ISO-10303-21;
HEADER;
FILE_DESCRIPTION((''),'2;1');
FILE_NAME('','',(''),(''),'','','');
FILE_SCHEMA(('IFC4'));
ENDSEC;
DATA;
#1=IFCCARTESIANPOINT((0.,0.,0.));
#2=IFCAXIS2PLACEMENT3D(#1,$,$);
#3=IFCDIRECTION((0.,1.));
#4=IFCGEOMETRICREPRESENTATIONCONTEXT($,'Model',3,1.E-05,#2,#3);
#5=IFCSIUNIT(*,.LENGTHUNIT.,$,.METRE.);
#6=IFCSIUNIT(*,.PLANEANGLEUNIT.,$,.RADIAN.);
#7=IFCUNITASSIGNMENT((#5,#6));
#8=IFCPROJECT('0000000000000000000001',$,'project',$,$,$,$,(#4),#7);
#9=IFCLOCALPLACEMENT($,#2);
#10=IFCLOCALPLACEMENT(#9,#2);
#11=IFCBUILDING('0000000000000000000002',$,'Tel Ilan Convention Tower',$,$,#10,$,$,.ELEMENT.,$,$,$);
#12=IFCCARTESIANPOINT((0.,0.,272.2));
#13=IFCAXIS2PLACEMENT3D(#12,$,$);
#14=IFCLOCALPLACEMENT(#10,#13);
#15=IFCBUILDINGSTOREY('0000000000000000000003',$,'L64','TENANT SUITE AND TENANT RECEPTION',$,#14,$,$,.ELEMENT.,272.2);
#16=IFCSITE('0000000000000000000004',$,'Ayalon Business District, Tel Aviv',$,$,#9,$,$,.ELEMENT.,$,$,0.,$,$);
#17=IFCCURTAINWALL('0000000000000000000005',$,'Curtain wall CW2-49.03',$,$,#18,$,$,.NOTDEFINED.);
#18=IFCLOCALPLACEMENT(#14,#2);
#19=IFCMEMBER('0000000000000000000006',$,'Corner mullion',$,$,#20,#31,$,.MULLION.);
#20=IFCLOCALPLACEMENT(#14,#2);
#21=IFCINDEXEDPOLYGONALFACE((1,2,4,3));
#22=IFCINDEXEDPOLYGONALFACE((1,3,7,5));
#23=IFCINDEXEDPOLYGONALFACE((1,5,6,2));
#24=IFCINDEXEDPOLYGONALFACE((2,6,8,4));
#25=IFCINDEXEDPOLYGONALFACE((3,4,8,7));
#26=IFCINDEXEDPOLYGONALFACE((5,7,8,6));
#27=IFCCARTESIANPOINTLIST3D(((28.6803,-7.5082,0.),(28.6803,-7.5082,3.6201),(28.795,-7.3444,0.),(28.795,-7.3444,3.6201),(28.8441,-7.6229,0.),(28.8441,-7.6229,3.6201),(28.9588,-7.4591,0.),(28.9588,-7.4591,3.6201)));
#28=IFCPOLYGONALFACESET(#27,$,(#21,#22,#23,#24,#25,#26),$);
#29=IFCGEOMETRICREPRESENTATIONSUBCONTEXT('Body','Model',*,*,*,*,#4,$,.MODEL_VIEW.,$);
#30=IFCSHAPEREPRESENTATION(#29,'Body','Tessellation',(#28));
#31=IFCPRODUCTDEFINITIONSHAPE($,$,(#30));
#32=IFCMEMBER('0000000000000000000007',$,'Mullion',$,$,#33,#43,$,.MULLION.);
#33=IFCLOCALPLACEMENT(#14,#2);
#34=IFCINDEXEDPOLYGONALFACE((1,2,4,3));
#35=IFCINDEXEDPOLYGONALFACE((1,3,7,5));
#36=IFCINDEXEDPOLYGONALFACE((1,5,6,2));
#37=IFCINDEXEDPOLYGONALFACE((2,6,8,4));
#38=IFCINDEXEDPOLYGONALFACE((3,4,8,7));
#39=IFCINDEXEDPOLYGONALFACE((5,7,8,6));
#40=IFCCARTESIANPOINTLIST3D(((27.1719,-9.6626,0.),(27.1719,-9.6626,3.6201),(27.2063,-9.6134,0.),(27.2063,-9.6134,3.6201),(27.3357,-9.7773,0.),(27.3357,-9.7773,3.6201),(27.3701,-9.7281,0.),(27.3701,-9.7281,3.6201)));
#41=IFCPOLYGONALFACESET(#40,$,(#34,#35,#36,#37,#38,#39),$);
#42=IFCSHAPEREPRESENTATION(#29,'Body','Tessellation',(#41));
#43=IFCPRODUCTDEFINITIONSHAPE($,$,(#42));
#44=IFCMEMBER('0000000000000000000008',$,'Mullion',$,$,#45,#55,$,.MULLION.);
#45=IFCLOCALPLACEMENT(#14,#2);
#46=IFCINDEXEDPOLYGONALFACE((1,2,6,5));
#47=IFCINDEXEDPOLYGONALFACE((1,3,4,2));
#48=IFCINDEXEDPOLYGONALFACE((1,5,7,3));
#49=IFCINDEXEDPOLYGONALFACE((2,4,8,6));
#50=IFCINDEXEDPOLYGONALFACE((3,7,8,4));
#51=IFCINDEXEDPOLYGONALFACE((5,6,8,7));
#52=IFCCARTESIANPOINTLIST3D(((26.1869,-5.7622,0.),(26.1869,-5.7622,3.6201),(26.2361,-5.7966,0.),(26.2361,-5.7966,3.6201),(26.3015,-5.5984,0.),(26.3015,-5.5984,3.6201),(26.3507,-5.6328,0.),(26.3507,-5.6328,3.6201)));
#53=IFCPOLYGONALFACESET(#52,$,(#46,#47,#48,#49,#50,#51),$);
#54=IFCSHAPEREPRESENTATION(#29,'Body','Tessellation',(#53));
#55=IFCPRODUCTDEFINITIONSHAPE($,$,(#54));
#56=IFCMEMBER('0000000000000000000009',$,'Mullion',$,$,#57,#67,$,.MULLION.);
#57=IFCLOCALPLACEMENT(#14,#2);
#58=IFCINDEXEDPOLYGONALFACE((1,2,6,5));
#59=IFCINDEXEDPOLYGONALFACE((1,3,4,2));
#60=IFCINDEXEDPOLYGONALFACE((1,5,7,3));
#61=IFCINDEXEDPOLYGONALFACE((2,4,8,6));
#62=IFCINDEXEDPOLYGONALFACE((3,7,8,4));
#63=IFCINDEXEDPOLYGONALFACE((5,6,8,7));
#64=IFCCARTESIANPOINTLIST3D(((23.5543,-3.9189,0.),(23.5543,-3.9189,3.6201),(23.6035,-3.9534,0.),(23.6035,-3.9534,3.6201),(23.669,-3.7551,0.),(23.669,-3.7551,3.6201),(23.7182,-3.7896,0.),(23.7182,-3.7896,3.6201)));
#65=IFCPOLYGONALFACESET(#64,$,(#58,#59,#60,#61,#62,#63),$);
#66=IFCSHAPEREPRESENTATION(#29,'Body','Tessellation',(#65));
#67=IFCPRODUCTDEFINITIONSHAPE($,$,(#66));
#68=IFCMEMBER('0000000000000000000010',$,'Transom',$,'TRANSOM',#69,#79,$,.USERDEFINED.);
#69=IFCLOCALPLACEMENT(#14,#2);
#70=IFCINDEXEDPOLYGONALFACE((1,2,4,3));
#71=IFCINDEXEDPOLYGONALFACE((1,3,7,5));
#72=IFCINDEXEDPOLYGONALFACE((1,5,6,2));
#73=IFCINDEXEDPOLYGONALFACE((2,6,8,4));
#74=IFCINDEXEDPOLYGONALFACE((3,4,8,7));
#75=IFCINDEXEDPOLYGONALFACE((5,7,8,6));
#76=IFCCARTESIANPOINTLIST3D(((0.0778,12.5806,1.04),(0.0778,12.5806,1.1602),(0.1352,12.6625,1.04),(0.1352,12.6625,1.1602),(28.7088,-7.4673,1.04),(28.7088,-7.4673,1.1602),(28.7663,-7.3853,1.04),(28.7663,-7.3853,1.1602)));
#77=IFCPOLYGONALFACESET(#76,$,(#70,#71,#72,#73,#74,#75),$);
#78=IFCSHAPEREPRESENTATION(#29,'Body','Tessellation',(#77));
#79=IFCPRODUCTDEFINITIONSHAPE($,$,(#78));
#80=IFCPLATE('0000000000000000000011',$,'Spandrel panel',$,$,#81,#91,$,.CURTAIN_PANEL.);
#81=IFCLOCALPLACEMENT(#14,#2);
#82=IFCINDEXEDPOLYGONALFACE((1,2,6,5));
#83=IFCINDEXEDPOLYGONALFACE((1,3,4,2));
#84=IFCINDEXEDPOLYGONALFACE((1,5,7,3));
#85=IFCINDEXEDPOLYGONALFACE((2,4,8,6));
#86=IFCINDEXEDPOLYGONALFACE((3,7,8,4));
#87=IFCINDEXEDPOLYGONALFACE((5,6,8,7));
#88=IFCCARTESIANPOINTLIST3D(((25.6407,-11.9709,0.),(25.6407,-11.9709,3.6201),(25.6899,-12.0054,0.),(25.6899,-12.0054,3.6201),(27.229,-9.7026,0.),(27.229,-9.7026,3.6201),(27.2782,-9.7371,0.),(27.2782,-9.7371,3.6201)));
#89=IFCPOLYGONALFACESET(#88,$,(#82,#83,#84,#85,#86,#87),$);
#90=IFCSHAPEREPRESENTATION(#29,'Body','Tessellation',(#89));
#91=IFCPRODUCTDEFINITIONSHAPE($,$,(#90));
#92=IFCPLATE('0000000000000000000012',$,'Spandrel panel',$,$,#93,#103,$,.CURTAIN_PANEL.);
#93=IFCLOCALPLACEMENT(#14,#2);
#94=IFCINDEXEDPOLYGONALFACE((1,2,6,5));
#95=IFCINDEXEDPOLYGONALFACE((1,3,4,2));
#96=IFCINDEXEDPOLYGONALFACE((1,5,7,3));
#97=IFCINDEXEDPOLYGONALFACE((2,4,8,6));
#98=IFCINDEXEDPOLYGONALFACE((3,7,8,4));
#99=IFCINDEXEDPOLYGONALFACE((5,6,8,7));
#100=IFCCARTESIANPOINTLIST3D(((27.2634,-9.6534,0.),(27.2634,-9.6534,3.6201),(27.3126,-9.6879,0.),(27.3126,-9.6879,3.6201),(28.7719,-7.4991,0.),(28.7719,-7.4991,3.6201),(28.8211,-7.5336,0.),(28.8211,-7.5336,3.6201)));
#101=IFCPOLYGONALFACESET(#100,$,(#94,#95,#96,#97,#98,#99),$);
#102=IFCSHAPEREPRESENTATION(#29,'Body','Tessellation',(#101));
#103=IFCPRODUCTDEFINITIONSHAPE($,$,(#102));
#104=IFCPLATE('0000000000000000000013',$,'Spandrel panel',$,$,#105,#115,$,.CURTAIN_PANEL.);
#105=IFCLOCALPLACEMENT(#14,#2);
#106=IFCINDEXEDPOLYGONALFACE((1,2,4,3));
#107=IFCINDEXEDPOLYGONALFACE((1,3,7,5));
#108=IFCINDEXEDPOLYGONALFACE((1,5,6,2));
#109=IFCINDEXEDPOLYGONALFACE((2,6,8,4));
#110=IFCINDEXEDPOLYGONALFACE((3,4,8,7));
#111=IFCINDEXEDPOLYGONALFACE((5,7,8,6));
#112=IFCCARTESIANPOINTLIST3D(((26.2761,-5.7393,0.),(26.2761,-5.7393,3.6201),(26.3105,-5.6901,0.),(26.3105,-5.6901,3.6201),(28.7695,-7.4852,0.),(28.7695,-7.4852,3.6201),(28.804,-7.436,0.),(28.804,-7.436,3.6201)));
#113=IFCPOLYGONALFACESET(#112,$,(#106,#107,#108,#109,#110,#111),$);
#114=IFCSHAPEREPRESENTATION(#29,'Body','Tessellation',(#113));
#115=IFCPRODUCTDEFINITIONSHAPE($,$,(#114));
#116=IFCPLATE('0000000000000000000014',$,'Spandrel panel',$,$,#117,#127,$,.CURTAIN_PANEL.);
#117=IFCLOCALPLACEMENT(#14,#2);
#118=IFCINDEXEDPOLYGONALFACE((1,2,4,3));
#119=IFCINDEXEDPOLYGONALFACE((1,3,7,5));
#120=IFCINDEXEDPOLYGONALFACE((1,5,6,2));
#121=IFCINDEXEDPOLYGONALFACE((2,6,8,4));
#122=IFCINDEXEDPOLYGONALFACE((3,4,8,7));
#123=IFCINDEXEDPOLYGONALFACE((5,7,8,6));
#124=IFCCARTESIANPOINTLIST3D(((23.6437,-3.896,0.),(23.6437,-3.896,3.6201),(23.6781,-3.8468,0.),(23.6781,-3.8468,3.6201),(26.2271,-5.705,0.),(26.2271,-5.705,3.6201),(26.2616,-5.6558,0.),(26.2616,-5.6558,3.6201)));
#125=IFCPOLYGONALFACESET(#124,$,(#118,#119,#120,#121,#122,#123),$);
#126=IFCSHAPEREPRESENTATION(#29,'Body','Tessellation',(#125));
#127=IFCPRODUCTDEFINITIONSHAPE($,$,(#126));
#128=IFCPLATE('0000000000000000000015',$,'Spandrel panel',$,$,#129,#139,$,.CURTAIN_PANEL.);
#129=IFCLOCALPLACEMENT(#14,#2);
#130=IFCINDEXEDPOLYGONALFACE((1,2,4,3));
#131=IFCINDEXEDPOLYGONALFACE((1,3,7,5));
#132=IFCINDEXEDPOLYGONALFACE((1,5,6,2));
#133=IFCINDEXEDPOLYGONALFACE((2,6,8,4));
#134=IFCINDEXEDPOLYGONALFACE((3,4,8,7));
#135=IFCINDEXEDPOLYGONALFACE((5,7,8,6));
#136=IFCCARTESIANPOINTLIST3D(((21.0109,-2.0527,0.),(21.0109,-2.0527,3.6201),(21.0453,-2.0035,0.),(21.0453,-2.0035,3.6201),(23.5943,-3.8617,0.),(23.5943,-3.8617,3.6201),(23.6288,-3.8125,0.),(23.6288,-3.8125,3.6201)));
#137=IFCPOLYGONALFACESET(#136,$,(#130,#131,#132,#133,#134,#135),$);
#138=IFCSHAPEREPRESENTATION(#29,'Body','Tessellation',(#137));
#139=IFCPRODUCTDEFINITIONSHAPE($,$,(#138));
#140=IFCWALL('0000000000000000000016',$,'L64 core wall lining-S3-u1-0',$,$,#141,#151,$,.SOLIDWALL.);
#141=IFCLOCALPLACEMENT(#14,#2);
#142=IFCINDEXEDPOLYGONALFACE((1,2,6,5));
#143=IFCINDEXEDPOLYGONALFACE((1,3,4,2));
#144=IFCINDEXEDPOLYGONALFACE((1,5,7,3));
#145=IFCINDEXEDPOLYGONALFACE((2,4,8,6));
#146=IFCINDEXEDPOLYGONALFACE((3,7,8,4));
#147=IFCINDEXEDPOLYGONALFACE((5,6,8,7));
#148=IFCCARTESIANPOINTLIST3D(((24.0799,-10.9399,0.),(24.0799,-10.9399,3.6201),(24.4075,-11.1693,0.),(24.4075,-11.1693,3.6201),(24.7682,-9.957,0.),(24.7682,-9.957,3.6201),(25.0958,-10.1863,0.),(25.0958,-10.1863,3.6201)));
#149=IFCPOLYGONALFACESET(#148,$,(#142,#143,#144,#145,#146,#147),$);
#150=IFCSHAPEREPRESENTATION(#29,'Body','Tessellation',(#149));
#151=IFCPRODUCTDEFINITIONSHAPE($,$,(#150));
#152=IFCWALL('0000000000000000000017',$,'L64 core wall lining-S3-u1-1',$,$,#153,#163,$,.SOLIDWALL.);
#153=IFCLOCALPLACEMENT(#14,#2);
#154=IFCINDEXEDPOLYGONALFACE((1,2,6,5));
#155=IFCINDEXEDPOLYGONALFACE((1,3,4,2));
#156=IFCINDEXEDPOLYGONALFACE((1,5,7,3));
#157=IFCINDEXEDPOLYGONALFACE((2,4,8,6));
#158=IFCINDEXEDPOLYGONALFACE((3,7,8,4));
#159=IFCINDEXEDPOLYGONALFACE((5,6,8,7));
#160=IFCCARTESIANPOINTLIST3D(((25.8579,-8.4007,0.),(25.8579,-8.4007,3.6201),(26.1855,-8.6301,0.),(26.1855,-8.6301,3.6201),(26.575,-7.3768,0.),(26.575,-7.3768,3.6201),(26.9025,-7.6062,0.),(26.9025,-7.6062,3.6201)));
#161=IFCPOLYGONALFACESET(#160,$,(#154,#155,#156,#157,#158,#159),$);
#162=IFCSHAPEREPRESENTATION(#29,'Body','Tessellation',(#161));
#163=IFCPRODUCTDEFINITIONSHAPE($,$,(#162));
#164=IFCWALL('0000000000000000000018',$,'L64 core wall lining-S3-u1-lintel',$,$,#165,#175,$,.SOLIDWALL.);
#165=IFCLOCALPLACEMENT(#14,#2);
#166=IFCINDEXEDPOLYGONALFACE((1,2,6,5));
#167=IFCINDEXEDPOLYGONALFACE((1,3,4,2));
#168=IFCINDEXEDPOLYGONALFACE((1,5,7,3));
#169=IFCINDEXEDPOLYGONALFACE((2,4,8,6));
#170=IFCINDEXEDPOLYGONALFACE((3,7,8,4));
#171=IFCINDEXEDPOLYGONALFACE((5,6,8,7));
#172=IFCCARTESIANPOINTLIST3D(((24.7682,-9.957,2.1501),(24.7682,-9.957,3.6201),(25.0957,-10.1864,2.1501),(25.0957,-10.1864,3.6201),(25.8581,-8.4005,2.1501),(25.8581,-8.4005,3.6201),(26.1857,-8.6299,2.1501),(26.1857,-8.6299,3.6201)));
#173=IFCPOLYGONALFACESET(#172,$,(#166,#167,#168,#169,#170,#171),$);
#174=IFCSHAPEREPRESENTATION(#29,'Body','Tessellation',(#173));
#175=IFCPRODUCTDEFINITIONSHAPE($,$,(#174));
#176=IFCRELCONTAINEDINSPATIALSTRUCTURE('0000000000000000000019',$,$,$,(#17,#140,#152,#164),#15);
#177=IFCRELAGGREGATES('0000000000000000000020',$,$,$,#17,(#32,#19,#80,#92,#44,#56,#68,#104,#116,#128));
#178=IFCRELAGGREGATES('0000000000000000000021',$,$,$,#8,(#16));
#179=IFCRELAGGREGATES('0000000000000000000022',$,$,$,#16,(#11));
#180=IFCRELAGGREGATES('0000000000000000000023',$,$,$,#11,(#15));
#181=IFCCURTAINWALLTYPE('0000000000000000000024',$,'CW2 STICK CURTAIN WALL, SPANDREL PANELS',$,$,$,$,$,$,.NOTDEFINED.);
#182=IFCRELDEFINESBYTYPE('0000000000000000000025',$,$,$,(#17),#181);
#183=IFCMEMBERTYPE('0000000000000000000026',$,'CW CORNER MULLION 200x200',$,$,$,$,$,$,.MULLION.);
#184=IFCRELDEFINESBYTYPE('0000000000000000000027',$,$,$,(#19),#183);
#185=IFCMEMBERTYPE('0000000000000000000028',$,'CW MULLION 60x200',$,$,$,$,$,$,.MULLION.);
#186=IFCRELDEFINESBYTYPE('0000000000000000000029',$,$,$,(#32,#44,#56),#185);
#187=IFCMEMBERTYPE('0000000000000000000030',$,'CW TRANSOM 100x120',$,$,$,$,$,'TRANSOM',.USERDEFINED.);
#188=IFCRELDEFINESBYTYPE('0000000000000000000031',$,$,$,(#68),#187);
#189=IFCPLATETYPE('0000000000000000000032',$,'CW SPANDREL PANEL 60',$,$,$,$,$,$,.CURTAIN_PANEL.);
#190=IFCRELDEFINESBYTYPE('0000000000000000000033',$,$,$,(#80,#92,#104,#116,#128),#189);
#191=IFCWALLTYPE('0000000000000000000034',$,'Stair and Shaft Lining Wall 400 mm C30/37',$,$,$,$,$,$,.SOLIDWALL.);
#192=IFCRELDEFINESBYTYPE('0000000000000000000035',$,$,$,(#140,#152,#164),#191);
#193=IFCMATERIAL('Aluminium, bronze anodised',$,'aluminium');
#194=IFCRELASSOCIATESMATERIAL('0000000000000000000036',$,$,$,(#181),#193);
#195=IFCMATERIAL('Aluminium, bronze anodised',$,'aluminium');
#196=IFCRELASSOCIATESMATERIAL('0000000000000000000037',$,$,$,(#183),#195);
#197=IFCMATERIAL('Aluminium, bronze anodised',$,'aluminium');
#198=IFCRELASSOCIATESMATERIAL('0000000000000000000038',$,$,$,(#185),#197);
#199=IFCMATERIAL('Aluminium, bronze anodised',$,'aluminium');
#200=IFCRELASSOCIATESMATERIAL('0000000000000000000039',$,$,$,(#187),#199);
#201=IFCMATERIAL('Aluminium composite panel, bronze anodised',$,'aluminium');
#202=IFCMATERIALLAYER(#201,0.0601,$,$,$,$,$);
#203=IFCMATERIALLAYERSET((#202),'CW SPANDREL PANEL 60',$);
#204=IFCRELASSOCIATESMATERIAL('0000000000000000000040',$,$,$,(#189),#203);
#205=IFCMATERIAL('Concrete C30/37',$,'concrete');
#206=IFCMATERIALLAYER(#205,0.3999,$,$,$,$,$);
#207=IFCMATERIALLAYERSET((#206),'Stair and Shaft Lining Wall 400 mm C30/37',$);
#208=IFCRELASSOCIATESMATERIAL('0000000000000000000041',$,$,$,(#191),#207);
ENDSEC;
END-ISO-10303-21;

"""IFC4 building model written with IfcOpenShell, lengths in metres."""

from ifc_helpers import new_model, si_unit, direction, frame, frame_2d, origin, origin_2d, place, context, subcontext, project, spatial, rectangle, extrude, material, layer, layer_set, material_profile, profile_set, type_object, element, aggregate, save


model = new_model("IFC4")

# Units and contexts
model_context = context("Model", 3, precision=1e-05, world=origin(), true_north=direction((0.0, 1.0)))
body_context = subcontext(model_context, "Body", "Model", "MODEL_VIEW")
ifc_project = project(units=[si_unit("LENGTHUNIT", "METRE"), si_unit("PLANEANGLEUNIT", "RADIAN")], contexts=[model_context])

# Site, building, storey
site_placement = place(None, origin())
site = spatial("IfcSite", under=ifc_project, at=site_placement, Name="Ayalon Business District, Tel Aviv", CompositionType="ELEMENT", RefElevation=0.0)
building_placement = place(site_placement, origin())
building = spatial("IfcBuilding", under=site, at=building_placement, Name="Tel Ilan Convention Tower", CompositionType="ELEMENT")
storey_placement = place(building_placement, frame((0.0, 0.0, 272.2)))
storey = spatial("IfcBuildingStorey", under=building, at=storey_placement, Name="L64", Description="TENANT SUITE AND TENANT RECEPTION", CompositionType="ELEMENT", Elevation=272.2)

# Curtain wall, members, plates
ifc_material_1 = material(Name="Aluminium, bronze anodised", Category="aluminium")
curtain_wall_type = type_object("IfcCurtainWallType", Name="CW2 STICK CURTAIN WALL, SPANDREL PANELS", PredefinedType="NOTDEFINED", material=ifc_material_1)
curtain_wall_placement = place(storey_placement, origin())
curtain_wall = element("IfcCurtainWall", 1, at=curtain_wall_placement, inside=storey, type_object=curtain_wall_type, Name="Curtain wall CW2-49.03", PredefinedType="NOTDEFINED")
ifc_material_2 = material(Name="Aluminium, bronze anodised", Category="aluminium")
ifc_material_profile_1 = material_profile(ifc_material_2, rectangle(XDim=0.2, YDim=0.2, at=origin_2d()), Name="CW CORNER MULLION 200x200")
ifc_profile_set_1 = profile_set([ifc_material_profile_1], Name="Aluminium, bronze anodised")
member_type_1 = type_object("IfcMemberType", Name="CW CORNER MULLION 200x200", PredefinedType="MULLION", material=ifc_profile_set_1)
member_1_placement = place(storey_placement, frame((28.8196, -7.4836, 0.0), z_axis=(0.0, 0.0, 1.0), x_axis=(0.573576, 0.819152, 0.0)))
member_1 = element("IfcMember", 2, at=member_1_placement, type_object=member_type_1, Name="Corner mullion", PredefinedType="MULLION", context=body_context, shape_type="SweptSolid", body=[
    extrude(rectangle(XDim=0.2, YDim=0.2, at=origin_2d()), origin(), (0.0, 0.0, 1.0), 3.6201),
])
ifc_material_3 = material(Name="Aluminium, bronze anodised", Category="aluminium")
ifc_material_profile_2 = material_profile(ifc_material_3, rectangle(XDim=0.0601, YDim=0.2, at=origin_2d()), Name="CW MULLION 60x200")
ifc_profile_set_2 = profile_set([ifc_material_profile_2], Name="Aluminium, bronze anodised")
member_type_2 = type_object("IfcMemberType", Name="CW MULLION 60x200", PredefinedType="MULLION", material=ifc_profile_set_2)
member_2_placement = place(storey_placement, frame((27.271, -9.6953, 0.0), z_axis=(0.0, 0.0, 1.0), x_axis=(0.573576, 0.819152, 0.0)))
member_2 = element("IfcMember", 3, at=member_2_placement, type_object=member_type_2, Name="Mullion", PredefinedType="MULLION", context=body_context, shape_type="SweptSolid", body=[
    extrude(rectangle(XDim=0.0601, YDim=0.2, at=origin_2d()), origin(), (0.0, 0.0, 1.0), 3.6201),
])
member_3_placement = place(storey_placement, frame((26.2688, -5.6975, 0.0), z_axis=(0.0, 0.0, 1.0), x_axis=(-0.819152, 0.573576, 0.0)))
member_3 = element("IfcMember", 4, at=member_3_placement, type_object=member_type_2, Name="Mullion", PredefinedType="MULLION", context=body_context, shape_type="SweptSolid", body=[
    extrude(rectangle(XDim=0.0601, YDim=0.2, at=origin_2d()), origin(), (0.0, 0.0, 1.0), 3.6201),
])
member_4_placement = place(storey_placement, frame((23.6362, -3.8542, 0.0), z_axis=(0.0, 0.0, 1.0), x_axis=(-0.819152, 0.573576, 0.0)))
member_4 = element("IfcMember", 5, at=member_4_placement, type_object=member_type_2, Name="Mullion", PredefinedType="MULLION", context=body_context, shape_type="SweptSolid", body=[
    extrude(rectangle(XDim=0.0601, YDim=0.2, at=origin_2d()), origin(), (0.0, 0.0, 1.0), 3.6201),
])
ifc_material_4 = material(Name="Aluminium, bronze anodised", Category="aluminium")
ifc_material_profile_3 = material_profile(ifc_material_4, rectangle(XDim=0.1001, YDim=0.1201, at=origin_2d()), Name="CW TRANSOM 100x120")
ifc_profile_set_3 = profile_set([ifc_material_profile_3], Name="Aluminium, bronze anodised")
member_type_3 = type_object("IfcMemberType", Name="CW TRANSOM 100x120", ElementType="TRANSOM", PredefinedType="USERDEFINED", material=ifc_profile_set_3)
member_5_placement = place(storey_placement, frame((28.7375, -7.4263, 1.1001), z_axis=(-0.81915, 0.573579, 0.0), x_axis=(-0.573579, -0.81915, 0.0)))
member_5 = element("IfcMember", 6, at=member_5_placement, type_object=member_type_3, Name="Transom", ObjectType="TRANSOM", PredefinedType="USERDEFINED", context=body_context, shape_type="SweptSolid", body=[
    extrude(rectangle(XDim=0.1001, YDim=0.1201, at=origin_2d()), origin(), (0.0, 0.0, 1.0), 34.9521),
])
ifc_material_5 = material(Name="Aluminium composite panel, bronze anodised", Category="aluminium")
ifc_layer_1 = layer(ifc_material_5, 0.0601)
ifc_layer_set_1 = layer_set([ifc_layer_1], Name="CW SPANDREL PANEL 60")
plate_type = type_object("IfcPlateType", Name="CW SPANDREL PANEL 60", PredefinedType="CURTAIN_PANEL", material=ifc_layer_set_1)
plate_1_placement = place(storey_placement, frame((26.4595, -10.854, 0.0), z_axis=(0.0, 0.0, 1.0), x_axis=(0.573576, 0.819152, 0.0)))
plate_1 = element("IfcPlate", 7, at=plate_1_placement, type_object=plate_type, Name="Spandrel panel", PredefinedType="CURTAIN_PANEL", context=body_context, shape_type="SweptSolid", body=[
    extrude(rectangle(XDim=2.769, YDim=0.0601, at=origin_2d()), origin(), (0.0, 0.0, 1.0), 3.6201),
])
plate_2_placement = place(storey_placement, frame((28.0422, -8.5935, 0.0), z_axis=(0.0, 0.0, 1.0), x_axis=(0.573576, 0.819152, 0.0)))
plate_2 = element("IfcPlate", 8, at=plate_2_placement, type_object=plate_type, Name="Spandrel panel", PredefinedType="CURTAIN_PANEL", context=body_context, shape_type="SweptSolid", body=[
    extrude(rectangle(XDim=2.6299, YDim=0.0601, at=origin_2d()), origin(), (0.0, 0.0, 1.0), 3.6201),
])
plate_3_placement = place(storey_placement, frame((27.54, -6.5876, 0.0), z_axis=(0.0, 0.0, 1.0), x_axis=(-0.819152, 0.573576, 0.0)))
plate_3 = element("IfcPlate", 9, at=plate_3_placement, type_object=plate_type, Name="Spandrel panel", PredefinedType="CURTAIN_PANEL", context=body_context, shape_type="SweptSolid", body=[
    extrude(rectangle(XDim=3.0439, YDim=0.0601, at=origin_2d()), origin(), (0.0, 0.0, 1.0), 3.6201),
])
plate_4_placement = place(storey_placement, frame((24.9526, -4.7759, 0.0), z_axis=(0.0, 0.0, 1.0), x_axis=(-0.819152, 0.573576, 0.0)))
plate_4 = element("IfcPlate", 10, at=plate_4_placement, type_object=plate_type, Name="Spandrel panel", PredefinedType="CURTAIN_PANEL", context=body_context, shape_type="SweptSolid", body=[
    extrude(rectangle(XDim=3.1538, YDim=0.0601, at=origin_2d()), origin(), (0.0, 0.0, 1.0), 3.6201),
])
plate_5_placement = place(storey_placement, frame((22.3198, -2.9326, 0.0), z_axis=(0.0, 0.0, 1.0), x_axis=(-0.819152, 0.573576, 0.0)))
plate_5 = element("IfcPlate", 11, at=plate_5_placement, type_object=plate_type, Name="Spandrel panel", PredefinedType="CURTAIN_PANEL", context=body_context, shape_type="SweptSolid", body=[
    extrude(rectangle(XDim=3.1538, YDim=0.0601, at=origin_2d()), origin(), (0.0, 0.0, 1.0), 3.6201),
])
aggregate(curtain_wall, [member_2, member_1, plate_1, plate_2, member_3, member_4, member_5, plate_3, plate_4, plate_5])

# Walls
ifc_material_6 = material(Name="Concrete C30/37", Category="concrete")
ifc_layer_2 = layer(ifc_material_6, 0.3999)
ifc_layer_set_2 = layer_set([ifc_layer_2], Name="Stair and Shaft Lining Wall 400 mm C30/37")
wall_type = type_object("IfcWallType", Name="Stair and Shaft Lining Wall 400 mm C30/37", PredefinedType="SOLIDWALL", material=ifc_layer_set_2)
wall_1_placement = place(storey_placement, frame((24.2437, -11.0547, 0.0), z_axis=(0.0, 0.0, 1.0), x_axis=(0.573572, 0.819155, 0.0)))
element("IfcWall", 12, at=wall_1_placement, inside=storey, type_object=wall_type, Name="L64 core wall lining-S3-u1-0", PredefinedType="SOLIDWALL", context=body_context, shape_type="SweptSolid", body=[
    extrude(rectangle(XDim=1.2, YDim=0.3999, at=frame_2d((0.6001, 0.0))), origin(), (0.0, 0.0, 1.0), 3.6201),
])
wall_2_placement = place(storey_placement, frame((26.0217, -8.5154, 0.0), z_axis=(0.0, 0.0, 1.0), x_axis=(0.57362, 0.819122, 0.0)))
element("IfcWall", 13, at=wall_2_placement, inside=storey, type_object=wall_type, Name="L64 core wall lining-S3-u1-1", PredefinedType="SOLIDWALL", context=body_context, shape_type="SweptSolid", body=[
    extrude(rectangle(XDim=1.25, YDim=0.3999, at=frame_2d((0.625, 0.0))), origin(), (0.0, 0.0, 1.0), 3.6201),
])
wall_3_placement = place(storey_placement, frame((24.9319, -10.0718, 2.1501), z_axis=(0.0, 0.0, 1.0), x_axis=(0.573592, 0.819141, 0.0)))
element("IfcWall", 14, at=wall_3_placement, inside=storey, type_object=wall_type, Name="L64 core wall lining-S3-u1-lintel", PredefinedType="SOLIDWALL", context=body_context, shape_type="SweptSolid", body=[
    extrude(rectangle(XDim=1.9001, YDim=0.3999, at=frame_2d((0.9502, 0.0))), origin(), (0.0, 0.0, 1.0), 1.47),
])

save(model, "model.ifc")
